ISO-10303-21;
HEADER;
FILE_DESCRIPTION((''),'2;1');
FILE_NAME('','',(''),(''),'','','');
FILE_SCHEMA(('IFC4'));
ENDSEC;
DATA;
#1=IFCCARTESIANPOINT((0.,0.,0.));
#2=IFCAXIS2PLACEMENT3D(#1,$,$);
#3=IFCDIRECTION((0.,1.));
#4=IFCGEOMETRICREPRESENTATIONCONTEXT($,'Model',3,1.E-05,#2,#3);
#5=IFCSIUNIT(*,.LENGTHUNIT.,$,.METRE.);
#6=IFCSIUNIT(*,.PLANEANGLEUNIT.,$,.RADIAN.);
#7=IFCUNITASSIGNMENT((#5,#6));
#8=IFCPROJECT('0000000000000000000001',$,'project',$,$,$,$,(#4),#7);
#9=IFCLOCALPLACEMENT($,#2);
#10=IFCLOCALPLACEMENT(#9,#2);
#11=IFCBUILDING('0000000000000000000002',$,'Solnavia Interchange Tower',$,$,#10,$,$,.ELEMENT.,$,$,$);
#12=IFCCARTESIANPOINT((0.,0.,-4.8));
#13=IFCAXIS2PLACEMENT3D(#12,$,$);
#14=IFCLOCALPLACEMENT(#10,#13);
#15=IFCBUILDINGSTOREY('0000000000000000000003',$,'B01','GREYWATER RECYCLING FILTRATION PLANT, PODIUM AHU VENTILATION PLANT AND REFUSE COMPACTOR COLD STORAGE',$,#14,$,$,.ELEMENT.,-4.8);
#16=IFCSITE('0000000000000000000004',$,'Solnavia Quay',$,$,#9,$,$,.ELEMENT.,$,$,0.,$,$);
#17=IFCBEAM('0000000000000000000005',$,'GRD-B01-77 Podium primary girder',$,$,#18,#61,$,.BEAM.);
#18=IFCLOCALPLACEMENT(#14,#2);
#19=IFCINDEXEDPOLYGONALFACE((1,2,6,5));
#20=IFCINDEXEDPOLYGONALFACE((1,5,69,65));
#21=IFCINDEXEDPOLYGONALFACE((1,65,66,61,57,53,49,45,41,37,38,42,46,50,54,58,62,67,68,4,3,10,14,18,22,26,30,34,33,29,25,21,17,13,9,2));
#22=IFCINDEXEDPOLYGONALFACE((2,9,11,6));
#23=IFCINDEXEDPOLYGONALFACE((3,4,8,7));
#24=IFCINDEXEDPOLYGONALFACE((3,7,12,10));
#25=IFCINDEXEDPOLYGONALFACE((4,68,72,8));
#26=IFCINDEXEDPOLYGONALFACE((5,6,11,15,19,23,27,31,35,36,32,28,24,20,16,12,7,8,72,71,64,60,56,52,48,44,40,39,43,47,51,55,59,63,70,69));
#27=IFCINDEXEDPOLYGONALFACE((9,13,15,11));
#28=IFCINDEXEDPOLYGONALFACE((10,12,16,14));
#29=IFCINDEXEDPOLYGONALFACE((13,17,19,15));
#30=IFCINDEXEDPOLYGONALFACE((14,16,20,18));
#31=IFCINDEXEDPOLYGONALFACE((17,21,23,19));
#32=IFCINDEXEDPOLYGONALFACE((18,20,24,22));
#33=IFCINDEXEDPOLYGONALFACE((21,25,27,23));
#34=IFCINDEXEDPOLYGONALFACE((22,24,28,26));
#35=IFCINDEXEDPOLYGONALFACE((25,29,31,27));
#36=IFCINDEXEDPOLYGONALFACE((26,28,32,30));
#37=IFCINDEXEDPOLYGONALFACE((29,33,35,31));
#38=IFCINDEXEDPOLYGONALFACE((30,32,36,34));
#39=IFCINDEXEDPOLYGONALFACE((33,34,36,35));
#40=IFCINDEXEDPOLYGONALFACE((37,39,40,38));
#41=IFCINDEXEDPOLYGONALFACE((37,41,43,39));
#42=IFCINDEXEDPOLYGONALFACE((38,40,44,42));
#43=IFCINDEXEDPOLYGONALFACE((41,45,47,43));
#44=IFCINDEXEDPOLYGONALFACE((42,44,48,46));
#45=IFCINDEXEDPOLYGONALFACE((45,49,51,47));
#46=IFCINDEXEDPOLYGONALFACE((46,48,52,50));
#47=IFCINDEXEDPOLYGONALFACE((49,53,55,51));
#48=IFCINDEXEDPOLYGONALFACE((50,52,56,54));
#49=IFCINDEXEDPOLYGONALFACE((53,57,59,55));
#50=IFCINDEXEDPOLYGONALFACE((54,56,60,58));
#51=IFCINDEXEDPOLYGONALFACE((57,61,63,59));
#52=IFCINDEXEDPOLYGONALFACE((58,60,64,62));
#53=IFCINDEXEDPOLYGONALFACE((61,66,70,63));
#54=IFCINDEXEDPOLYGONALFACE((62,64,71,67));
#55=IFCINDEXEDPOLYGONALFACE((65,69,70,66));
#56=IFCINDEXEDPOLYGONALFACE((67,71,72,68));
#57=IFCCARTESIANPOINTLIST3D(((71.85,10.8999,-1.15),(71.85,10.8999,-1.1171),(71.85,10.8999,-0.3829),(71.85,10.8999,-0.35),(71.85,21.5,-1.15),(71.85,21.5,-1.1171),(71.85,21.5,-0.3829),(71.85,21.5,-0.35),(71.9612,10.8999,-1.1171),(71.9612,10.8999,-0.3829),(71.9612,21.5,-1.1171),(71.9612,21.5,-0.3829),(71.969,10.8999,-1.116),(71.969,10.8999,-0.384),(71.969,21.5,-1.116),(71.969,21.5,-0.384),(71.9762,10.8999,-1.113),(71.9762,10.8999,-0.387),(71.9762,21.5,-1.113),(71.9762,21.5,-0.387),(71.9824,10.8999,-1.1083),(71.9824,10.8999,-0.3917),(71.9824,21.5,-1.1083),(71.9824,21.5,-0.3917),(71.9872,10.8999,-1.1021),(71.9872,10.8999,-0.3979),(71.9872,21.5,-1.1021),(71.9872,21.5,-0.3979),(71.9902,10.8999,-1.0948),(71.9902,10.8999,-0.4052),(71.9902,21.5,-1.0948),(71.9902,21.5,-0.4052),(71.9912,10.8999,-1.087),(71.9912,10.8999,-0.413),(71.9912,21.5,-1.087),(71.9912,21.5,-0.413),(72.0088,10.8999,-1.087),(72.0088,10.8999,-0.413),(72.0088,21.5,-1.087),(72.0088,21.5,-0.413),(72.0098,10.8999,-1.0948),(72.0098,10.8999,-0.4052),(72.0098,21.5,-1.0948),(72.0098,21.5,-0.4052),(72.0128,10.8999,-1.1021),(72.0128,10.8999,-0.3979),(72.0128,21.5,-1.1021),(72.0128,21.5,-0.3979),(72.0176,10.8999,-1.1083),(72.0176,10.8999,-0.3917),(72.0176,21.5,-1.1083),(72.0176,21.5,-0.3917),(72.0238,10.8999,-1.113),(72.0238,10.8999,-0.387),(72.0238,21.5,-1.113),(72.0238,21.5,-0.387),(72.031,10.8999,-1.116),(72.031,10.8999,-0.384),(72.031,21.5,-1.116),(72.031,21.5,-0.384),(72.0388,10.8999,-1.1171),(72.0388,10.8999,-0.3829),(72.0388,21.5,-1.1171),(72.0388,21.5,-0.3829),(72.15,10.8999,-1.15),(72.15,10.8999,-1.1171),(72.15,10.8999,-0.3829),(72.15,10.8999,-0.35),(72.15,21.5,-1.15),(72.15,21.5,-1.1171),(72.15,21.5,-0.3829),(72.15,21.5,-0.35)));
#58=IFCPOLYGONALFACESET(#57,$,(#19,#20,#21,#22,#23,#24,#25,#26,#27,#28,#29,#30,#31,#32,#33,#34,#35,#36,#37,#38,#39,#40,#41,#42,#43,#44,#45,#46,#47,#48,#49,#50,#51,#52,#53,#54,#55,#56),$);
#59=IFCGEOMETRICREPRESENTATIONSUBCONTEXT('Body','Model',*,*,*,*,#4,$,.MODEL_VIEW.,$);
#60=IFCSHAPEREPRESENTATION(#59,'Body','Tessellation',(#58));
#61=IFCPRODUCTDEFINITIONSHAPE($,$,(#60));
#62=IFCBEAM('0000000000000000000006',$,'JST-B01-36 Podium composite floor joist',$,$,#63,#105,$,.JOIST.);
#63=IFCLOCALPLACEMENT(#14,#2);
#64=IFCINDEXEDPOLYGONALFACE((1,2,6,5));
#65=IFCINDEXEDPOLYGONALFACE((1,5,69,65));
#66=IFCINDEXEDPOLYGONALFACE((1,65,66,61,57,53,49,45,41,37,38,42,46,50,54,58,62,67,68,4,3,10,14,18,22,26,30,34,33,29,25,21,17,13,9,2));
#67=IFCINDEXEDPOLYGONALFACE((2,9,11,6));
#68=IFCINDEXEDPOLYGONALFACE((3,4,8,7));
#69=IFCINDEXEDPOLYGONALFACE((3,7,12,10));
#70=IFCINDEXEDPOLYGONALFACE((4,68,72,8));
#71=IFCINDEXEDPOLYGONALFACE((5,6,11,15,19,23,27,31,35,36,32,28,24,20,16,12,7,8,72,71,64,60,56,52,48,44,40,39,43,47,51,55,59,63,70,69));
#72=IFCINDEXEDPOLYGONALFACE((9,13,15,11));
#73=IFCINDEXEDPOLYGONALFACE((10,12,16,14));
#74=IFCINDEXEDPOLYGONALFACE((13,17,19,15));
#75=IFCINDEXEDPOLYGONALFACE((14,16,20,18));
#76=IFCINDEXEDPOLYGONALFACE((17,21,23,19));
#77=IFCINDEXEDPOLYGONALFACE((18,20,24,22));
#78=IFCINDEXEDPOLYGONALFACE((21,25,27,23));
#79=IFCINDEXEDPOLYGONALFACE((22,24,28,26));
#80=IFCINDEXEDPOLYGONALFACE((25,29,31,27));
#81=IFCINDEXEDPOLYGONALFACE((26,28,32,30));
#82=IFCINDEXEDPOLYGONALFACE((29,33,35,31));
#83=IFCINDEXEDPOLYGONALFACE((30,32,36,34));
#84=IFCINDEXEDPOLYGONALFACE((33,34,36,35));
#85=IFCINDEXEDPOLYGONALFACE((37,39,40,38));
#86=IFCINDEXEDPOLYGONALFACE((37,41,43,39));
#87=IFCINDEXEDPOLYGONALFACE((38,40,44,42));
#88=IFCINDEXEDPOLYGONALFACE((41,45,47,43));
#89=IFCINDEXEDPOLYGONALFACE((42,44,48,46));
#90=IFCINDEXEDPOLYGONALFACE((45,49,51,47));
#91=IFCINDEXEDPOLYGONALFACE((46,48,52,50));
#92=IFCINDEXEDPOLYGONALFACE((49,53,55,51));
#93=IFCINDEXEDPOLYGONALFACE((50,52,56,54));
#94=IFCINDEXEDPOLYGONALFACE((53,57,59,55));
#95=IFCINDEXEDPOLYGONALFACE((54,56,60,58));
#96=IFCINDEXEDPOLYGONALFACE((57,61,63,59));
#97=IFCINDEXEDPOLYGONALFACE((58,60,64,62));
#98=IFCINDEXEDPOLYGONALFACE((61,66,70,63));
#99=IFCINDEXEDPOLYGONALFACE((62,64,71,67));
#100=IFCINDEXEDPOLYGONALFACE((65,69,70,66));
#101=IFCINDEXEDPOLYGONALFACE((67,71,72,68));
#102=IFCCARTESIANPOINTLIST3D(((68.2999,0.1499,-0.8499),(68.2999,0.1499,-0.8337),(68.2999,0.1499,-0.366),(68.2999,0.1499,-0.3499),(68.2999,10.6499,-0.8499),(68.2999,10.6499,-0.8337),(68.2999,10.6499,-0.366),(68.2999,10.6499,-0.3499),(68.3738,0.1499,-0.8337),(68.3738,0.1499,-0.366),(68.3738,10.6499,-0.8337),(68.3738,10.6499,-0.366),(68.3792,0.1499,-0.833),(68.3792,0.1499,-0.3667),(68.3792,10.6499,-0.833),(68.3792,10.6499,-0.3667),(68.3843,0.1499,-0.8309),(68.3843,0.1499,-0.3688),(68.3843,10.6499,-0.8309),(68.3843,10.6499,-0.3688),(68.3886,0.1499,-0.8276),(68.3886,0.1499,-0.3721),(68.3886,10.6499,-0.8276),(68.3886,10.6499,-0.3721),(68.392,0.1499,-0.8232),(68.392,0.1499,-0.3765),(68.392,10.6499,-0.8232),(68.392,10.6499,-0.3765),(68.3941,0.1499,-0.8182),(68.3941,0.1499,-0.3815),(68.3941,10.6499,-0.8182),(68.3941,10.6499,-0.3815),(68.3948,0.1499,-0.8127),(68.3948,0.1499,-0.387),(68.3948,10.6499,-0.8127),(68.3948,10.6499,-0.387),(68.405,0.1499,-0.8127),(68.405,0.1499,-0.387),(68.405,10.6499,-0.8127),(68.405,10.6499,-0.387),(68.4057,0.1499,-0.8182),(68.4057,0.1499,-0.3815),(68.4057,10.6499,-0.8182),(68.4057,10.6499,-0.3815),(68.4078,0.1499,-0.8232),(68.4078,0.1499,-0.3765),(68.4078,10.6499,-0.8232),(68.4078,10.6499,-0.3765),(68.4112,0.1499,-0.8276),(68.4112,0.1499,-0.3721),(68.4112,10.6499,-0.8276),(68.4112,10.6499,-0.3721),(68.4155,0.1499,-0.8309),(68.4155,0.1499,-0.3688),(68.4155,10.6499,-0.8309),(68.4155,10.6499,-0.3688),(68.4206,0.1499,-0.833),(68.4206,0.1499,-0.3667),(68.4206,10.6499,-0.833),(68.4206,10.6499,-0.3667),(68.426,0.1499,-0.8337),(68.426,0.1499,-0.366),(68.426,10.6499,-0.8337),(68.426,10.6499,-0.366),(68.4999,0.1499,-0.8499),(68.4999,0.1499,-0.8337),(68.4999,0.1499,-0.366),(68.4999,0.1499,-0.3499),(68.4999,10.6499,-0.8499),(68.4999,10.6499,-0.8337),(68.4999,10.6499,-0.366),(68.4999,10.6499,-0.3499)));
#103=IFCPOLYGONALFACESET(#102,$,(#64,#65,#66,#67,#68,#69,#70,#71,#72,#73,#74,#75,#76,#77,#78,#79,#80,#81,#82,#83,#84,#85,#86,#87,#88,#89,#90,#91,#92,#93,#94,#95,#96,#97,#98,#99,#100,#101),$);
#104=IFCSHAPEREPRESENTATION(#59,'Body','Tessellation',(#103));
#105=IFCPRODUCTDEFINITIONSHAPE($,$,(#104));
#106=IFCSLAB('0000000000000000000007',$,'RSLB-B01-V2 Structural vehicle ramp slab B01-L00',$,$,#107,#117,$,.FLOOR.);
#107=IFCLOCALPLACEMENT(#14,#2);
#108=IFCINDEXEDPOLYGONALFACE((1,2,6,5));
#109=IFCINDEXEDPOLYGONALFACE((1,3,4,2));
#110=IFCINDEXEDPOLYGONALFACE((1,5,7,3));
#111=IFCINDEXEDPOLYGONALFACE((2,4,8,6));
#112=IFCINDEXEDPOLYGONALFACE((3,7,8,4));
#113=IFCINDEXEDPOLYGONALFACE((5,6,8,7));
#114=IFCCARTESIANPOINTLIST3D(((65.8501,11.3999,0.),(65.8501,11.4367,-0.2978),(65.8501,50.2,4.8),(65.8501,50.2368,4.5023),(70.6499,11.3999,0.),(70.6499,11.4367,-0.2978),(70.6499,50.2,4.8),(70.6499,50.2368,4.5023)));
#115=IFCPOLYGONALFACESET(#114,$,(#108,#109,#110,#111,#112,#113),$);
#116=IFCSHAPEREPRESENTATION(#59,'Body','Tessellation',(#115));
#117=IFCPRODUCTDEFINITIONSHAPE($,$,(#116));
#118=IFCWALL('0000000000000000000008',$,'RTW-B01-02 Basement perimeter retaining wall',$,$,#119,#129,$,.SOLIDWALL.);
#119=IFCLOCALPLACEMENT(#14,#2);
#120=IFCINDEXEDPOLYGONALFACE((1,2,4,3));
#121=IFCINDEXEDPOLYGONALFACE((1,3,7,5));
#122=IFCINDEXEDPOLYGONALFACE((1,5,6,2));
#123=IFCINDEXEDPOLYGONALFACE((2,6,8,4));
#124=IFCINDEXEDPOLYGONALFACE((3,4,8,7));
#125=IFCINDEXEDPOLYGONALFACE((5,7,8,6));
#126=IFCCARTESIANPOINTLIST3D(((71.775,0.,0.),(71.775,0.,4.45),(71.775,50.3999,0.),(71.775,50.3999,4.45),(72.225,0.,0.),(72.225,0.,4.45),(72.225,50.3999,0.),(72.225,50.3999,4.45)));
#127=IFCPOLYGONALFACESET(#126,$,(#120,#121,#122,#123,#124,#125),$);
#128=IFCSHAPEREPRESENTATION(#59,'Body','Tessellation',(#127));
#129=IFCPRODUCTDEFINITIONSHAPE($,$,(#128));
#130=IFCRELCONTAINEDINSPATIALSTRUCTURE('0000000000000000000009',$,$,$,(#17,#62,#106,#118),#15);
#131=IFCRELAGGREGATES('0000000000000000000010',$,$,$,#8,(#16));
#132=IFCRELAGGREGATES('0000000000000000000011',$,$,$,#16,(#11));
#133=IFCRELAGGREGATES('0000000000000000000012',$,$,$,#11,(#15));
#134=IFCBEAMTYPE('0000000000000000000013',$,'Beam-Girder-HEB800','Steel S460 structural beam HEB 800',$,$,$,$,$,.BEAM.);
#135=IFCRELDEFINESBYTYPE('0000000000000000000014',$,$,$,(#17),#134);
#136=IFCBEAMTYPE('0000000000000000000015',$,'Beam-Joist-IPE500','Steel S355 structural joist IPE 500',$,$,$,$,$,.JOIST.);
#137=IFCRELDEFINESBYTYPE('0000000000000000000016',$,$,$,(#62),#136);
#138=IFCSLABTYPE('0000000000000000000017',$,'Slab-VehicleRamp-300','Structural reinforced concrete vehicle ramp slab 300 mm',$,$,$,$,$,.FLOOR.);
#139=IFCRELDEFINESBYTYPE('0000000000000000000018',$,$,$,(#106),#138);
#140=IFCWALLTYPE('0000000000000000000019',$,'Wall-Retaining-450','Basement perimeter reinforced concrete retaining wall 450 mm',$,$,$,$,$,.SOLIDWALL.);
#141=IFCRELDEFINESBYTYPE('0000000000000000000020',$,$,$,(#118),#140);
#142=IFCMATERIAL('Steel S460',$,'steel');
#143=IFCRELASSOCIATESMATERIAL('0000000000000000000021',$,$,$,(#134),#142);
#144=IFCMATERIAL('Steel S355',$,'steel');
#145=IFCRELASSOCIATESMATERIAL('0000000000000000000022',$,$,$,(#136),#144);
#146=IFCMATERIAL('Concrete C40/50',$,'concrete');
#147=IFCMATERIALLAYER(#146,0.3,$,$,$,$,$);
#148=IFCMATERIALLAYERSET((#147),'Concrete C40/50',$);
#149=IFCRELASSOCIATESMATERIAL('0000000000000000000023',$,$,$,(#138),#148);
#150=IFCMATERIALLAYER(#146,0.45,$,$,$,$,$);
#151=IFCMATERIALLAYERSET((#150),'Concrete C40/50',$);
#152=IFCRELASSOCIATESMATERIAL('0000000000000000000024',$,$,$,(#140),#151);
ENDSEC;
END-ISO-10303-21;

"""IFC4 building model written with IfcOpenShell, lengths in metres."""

from ifc_helpers import new_model, si_unit, direction, frame, frame_2d, origin, origin_2d, place, context, subcontext, project, spatial, polyline, rectangle, i_section, outline, extrude, material, layer, layer_set, material_profile, profile_set, type_object, element, save


model = new_model("IFC4")

# Units and contexts
model_context = context("Model", 3, precision=1e-05, world=origin(), true_north=direction((0.0, 1.0)))
body_context = subcontext(model_context, "Body", "Model", "MODEL_VIEW")
ifc_project = project(units=[si_unit("LENGTHUNIT", "METRE"), si_unit("PLANEANGLEUNIT", "RADIAN")], contexts=[model_context])

# Site, building, storey
site_placement = place(None, origin())
site = spatial("IfcSite", under=ifc_project, at=site_placement, Name="Solnavia Quay", CompositionType="ELEMENT", RefElevation=0.0)
building_placement = place(site_placement, origin())
building = spatial("IfcBuilding", under=site, at=building_placement, Name="Solnavia Interchange Tower", CompositionType="ELEMENT")
storey_placement = place(building_placement, frame((0.0, 0.0, -4.8)))
storey = spatial("IfcBuildingStorey", under=building, at=storey_placement, Name="B01", Description="GREYWATER RECYCLING FILTRATION PLANT, PODIUM AHU VENTILATION PLANT AND REFUSE COMPACTOR COLD STORAGE", CompositionType="ELEMENT", Elevation=-4.8)

# Beams
ifc_material_1 = material(Name="Steel S460", Category="steel")
ifc_material_profile_1 = material_profile(ifc_material_1, i_section(OverallWidth=0.3, OverallDepth=0.8, WebThickness=0.0176, FlangeThickness=0.033, FilletRadius=0.03, at=origin_2d()), Name="HEB 800")
ifc_profile_set_1 = profile_set([ifc_material_profile_1], Name="Steel S460")
beam_type_1 = type_object("IfcBeamType", Name="Beam-Girder-HEB800", Description="Steel S460 structural beam HEB 800", PredefinedType="BEAM", material=ifc_profile_set_1)
beam_1_placement = place(storey_placement, frame((72.0, 10.8999, -0.75), z_axis=(0.0, 1.0, 0.0), x_axis=(-1.0, 0.0, 0.0)))
element("IfcBeam", 1, at=beam_1_placement, inside=storey, type_object=beam_type_1, Name="GRD-B01-77 Podium primary girder", PredefinedType="BEAM", context=body_context, shape_type="SweptSolid", body=[
    extrude(i_section(OverallWidth=0.3, OverallDepth=0.8, WebThickness=0.0176, FlangeThickness=0.033, FilletRadius=0.03, at=origin_2d()), origin(), (0.0, 0.0, 1.0), 10.6001),
])
ifc_material_2 = material(Name="Steel S355", Category="steel")
ifc_material_profile_2 = material_profile(ifc_material_2, i_section(OverallWidth=0.2, OverallDepth=0.5, WebThickness=0.0103, FlangeThickness=0.0161, FilletRadius=0.021, at=origin_2d()), Name="IPE 500")
ifc_profile_set_2 = profile_set([ifc_material_profile_2], Name="Steel S355")
beam_type_2 = type_object("IfcBeamType", Name="Beam-Joist-IPE500", Description="Steel S355 structural joist IPE 500", PredefinedType="JOIST", material=ifc_profile_set_2)
beam_2_placement = place(storey_placement, frame((68.3999, 0.1499, -0.5999), z_axis=(0.0, 1.0, 0.0), x_axis=(-1.0, 0.0, 0.0)))
element("IfcBeam", 2, at=beam_2_placement, inside=storey, type_object=beam_type_2, Name="JST-B01-36 Podium composite floor joist", PredefinedType="JOIST", context=body_context, shape_type="SweptSolid", body=[
    extrude(i_section(OverallWidth=0.2, OverallDepth=0.5, WebThickness=0.0103, FlangeThickness=0.0161, FilletRadius=0.021, at=origin_2d()), origin(), (0.0, 0.0, 1.0), 10.5),
])

# Slab
ifc_material_3 = material(Name="Concrete C40/50", Category="concrete")
ifc_layer_1 = layer(ifc_material_3, 0.3)
ifc_layer_set_1 = layer_set([ifc_layer_1], Name="Concrete C40/50")
slab_type = type_object("IfcSlabType", Name="Slab-VehicleRamp-300", Description="Structural reinforced concrete vehicle ramp slab 300 mm", PredefinedType="FLOOR", material=ifc_layer_set_1)
slab_placement = place(storey_placement, frame((70.6499, 11.3999, 0.0), z_axis=(0.0, -0.122776, 0.992434), x_axis=(0.0, 0.992434, 0.122776)))
element("IfcSlab", 3, at=slab_placement, inside=storey, type_object=slab_type, Name="RSLB-B01-V2 Structural vehicle ramp slab B01-L00", PredefinedType="FLOOR", context=body_context, shape_type="SweptSolid", body=[
    extrude(outline(polyline([(0.0, 0.0), (39.0958, 0.0), (39.0958, 4.7998), (0.0, 4.7998), (0.0, 0.0)])), origin(), (0.0, 0.0, -1.0), 0.3),
])

# Wall
ifc_layer_2 = layer(ifc_material_3, 0.45)
ifc_layer_set_2 = layer_set([ifc_layer_2], Name="Concrete C40/50")
wall_type = type_object("IfcWallType", Name="Wall-Retaining-450", Description="Basement perimeter reinforced concrete retaining wall 450 mm", PredefinedType="SOLIDWALL", material=ifc_layer_set_2)
wall_placement = place(storey_placement, frame((72.0, 0.0, 0.0), z_axis=(0.0, 0.0, 1.0), x_axis=(0.0, 1.0, 0.0)))
element("IfcWall", 4, at=wall_placement, inside=storey, type_object=wall_type, Name="RTW-B01-02 Basement perimeter retaining wall", PredefinedType="SOLIDWALL", context=body_context, shape_type="SweptSolid", body=[
    extrude(rectangle(XDim=50.3999, YDim=0.45, at=frame_2d((25.2, 0.0))), origin(), (0.0, 0.0, 1.0), 4.45),
])

save(model, "model.ifc")
